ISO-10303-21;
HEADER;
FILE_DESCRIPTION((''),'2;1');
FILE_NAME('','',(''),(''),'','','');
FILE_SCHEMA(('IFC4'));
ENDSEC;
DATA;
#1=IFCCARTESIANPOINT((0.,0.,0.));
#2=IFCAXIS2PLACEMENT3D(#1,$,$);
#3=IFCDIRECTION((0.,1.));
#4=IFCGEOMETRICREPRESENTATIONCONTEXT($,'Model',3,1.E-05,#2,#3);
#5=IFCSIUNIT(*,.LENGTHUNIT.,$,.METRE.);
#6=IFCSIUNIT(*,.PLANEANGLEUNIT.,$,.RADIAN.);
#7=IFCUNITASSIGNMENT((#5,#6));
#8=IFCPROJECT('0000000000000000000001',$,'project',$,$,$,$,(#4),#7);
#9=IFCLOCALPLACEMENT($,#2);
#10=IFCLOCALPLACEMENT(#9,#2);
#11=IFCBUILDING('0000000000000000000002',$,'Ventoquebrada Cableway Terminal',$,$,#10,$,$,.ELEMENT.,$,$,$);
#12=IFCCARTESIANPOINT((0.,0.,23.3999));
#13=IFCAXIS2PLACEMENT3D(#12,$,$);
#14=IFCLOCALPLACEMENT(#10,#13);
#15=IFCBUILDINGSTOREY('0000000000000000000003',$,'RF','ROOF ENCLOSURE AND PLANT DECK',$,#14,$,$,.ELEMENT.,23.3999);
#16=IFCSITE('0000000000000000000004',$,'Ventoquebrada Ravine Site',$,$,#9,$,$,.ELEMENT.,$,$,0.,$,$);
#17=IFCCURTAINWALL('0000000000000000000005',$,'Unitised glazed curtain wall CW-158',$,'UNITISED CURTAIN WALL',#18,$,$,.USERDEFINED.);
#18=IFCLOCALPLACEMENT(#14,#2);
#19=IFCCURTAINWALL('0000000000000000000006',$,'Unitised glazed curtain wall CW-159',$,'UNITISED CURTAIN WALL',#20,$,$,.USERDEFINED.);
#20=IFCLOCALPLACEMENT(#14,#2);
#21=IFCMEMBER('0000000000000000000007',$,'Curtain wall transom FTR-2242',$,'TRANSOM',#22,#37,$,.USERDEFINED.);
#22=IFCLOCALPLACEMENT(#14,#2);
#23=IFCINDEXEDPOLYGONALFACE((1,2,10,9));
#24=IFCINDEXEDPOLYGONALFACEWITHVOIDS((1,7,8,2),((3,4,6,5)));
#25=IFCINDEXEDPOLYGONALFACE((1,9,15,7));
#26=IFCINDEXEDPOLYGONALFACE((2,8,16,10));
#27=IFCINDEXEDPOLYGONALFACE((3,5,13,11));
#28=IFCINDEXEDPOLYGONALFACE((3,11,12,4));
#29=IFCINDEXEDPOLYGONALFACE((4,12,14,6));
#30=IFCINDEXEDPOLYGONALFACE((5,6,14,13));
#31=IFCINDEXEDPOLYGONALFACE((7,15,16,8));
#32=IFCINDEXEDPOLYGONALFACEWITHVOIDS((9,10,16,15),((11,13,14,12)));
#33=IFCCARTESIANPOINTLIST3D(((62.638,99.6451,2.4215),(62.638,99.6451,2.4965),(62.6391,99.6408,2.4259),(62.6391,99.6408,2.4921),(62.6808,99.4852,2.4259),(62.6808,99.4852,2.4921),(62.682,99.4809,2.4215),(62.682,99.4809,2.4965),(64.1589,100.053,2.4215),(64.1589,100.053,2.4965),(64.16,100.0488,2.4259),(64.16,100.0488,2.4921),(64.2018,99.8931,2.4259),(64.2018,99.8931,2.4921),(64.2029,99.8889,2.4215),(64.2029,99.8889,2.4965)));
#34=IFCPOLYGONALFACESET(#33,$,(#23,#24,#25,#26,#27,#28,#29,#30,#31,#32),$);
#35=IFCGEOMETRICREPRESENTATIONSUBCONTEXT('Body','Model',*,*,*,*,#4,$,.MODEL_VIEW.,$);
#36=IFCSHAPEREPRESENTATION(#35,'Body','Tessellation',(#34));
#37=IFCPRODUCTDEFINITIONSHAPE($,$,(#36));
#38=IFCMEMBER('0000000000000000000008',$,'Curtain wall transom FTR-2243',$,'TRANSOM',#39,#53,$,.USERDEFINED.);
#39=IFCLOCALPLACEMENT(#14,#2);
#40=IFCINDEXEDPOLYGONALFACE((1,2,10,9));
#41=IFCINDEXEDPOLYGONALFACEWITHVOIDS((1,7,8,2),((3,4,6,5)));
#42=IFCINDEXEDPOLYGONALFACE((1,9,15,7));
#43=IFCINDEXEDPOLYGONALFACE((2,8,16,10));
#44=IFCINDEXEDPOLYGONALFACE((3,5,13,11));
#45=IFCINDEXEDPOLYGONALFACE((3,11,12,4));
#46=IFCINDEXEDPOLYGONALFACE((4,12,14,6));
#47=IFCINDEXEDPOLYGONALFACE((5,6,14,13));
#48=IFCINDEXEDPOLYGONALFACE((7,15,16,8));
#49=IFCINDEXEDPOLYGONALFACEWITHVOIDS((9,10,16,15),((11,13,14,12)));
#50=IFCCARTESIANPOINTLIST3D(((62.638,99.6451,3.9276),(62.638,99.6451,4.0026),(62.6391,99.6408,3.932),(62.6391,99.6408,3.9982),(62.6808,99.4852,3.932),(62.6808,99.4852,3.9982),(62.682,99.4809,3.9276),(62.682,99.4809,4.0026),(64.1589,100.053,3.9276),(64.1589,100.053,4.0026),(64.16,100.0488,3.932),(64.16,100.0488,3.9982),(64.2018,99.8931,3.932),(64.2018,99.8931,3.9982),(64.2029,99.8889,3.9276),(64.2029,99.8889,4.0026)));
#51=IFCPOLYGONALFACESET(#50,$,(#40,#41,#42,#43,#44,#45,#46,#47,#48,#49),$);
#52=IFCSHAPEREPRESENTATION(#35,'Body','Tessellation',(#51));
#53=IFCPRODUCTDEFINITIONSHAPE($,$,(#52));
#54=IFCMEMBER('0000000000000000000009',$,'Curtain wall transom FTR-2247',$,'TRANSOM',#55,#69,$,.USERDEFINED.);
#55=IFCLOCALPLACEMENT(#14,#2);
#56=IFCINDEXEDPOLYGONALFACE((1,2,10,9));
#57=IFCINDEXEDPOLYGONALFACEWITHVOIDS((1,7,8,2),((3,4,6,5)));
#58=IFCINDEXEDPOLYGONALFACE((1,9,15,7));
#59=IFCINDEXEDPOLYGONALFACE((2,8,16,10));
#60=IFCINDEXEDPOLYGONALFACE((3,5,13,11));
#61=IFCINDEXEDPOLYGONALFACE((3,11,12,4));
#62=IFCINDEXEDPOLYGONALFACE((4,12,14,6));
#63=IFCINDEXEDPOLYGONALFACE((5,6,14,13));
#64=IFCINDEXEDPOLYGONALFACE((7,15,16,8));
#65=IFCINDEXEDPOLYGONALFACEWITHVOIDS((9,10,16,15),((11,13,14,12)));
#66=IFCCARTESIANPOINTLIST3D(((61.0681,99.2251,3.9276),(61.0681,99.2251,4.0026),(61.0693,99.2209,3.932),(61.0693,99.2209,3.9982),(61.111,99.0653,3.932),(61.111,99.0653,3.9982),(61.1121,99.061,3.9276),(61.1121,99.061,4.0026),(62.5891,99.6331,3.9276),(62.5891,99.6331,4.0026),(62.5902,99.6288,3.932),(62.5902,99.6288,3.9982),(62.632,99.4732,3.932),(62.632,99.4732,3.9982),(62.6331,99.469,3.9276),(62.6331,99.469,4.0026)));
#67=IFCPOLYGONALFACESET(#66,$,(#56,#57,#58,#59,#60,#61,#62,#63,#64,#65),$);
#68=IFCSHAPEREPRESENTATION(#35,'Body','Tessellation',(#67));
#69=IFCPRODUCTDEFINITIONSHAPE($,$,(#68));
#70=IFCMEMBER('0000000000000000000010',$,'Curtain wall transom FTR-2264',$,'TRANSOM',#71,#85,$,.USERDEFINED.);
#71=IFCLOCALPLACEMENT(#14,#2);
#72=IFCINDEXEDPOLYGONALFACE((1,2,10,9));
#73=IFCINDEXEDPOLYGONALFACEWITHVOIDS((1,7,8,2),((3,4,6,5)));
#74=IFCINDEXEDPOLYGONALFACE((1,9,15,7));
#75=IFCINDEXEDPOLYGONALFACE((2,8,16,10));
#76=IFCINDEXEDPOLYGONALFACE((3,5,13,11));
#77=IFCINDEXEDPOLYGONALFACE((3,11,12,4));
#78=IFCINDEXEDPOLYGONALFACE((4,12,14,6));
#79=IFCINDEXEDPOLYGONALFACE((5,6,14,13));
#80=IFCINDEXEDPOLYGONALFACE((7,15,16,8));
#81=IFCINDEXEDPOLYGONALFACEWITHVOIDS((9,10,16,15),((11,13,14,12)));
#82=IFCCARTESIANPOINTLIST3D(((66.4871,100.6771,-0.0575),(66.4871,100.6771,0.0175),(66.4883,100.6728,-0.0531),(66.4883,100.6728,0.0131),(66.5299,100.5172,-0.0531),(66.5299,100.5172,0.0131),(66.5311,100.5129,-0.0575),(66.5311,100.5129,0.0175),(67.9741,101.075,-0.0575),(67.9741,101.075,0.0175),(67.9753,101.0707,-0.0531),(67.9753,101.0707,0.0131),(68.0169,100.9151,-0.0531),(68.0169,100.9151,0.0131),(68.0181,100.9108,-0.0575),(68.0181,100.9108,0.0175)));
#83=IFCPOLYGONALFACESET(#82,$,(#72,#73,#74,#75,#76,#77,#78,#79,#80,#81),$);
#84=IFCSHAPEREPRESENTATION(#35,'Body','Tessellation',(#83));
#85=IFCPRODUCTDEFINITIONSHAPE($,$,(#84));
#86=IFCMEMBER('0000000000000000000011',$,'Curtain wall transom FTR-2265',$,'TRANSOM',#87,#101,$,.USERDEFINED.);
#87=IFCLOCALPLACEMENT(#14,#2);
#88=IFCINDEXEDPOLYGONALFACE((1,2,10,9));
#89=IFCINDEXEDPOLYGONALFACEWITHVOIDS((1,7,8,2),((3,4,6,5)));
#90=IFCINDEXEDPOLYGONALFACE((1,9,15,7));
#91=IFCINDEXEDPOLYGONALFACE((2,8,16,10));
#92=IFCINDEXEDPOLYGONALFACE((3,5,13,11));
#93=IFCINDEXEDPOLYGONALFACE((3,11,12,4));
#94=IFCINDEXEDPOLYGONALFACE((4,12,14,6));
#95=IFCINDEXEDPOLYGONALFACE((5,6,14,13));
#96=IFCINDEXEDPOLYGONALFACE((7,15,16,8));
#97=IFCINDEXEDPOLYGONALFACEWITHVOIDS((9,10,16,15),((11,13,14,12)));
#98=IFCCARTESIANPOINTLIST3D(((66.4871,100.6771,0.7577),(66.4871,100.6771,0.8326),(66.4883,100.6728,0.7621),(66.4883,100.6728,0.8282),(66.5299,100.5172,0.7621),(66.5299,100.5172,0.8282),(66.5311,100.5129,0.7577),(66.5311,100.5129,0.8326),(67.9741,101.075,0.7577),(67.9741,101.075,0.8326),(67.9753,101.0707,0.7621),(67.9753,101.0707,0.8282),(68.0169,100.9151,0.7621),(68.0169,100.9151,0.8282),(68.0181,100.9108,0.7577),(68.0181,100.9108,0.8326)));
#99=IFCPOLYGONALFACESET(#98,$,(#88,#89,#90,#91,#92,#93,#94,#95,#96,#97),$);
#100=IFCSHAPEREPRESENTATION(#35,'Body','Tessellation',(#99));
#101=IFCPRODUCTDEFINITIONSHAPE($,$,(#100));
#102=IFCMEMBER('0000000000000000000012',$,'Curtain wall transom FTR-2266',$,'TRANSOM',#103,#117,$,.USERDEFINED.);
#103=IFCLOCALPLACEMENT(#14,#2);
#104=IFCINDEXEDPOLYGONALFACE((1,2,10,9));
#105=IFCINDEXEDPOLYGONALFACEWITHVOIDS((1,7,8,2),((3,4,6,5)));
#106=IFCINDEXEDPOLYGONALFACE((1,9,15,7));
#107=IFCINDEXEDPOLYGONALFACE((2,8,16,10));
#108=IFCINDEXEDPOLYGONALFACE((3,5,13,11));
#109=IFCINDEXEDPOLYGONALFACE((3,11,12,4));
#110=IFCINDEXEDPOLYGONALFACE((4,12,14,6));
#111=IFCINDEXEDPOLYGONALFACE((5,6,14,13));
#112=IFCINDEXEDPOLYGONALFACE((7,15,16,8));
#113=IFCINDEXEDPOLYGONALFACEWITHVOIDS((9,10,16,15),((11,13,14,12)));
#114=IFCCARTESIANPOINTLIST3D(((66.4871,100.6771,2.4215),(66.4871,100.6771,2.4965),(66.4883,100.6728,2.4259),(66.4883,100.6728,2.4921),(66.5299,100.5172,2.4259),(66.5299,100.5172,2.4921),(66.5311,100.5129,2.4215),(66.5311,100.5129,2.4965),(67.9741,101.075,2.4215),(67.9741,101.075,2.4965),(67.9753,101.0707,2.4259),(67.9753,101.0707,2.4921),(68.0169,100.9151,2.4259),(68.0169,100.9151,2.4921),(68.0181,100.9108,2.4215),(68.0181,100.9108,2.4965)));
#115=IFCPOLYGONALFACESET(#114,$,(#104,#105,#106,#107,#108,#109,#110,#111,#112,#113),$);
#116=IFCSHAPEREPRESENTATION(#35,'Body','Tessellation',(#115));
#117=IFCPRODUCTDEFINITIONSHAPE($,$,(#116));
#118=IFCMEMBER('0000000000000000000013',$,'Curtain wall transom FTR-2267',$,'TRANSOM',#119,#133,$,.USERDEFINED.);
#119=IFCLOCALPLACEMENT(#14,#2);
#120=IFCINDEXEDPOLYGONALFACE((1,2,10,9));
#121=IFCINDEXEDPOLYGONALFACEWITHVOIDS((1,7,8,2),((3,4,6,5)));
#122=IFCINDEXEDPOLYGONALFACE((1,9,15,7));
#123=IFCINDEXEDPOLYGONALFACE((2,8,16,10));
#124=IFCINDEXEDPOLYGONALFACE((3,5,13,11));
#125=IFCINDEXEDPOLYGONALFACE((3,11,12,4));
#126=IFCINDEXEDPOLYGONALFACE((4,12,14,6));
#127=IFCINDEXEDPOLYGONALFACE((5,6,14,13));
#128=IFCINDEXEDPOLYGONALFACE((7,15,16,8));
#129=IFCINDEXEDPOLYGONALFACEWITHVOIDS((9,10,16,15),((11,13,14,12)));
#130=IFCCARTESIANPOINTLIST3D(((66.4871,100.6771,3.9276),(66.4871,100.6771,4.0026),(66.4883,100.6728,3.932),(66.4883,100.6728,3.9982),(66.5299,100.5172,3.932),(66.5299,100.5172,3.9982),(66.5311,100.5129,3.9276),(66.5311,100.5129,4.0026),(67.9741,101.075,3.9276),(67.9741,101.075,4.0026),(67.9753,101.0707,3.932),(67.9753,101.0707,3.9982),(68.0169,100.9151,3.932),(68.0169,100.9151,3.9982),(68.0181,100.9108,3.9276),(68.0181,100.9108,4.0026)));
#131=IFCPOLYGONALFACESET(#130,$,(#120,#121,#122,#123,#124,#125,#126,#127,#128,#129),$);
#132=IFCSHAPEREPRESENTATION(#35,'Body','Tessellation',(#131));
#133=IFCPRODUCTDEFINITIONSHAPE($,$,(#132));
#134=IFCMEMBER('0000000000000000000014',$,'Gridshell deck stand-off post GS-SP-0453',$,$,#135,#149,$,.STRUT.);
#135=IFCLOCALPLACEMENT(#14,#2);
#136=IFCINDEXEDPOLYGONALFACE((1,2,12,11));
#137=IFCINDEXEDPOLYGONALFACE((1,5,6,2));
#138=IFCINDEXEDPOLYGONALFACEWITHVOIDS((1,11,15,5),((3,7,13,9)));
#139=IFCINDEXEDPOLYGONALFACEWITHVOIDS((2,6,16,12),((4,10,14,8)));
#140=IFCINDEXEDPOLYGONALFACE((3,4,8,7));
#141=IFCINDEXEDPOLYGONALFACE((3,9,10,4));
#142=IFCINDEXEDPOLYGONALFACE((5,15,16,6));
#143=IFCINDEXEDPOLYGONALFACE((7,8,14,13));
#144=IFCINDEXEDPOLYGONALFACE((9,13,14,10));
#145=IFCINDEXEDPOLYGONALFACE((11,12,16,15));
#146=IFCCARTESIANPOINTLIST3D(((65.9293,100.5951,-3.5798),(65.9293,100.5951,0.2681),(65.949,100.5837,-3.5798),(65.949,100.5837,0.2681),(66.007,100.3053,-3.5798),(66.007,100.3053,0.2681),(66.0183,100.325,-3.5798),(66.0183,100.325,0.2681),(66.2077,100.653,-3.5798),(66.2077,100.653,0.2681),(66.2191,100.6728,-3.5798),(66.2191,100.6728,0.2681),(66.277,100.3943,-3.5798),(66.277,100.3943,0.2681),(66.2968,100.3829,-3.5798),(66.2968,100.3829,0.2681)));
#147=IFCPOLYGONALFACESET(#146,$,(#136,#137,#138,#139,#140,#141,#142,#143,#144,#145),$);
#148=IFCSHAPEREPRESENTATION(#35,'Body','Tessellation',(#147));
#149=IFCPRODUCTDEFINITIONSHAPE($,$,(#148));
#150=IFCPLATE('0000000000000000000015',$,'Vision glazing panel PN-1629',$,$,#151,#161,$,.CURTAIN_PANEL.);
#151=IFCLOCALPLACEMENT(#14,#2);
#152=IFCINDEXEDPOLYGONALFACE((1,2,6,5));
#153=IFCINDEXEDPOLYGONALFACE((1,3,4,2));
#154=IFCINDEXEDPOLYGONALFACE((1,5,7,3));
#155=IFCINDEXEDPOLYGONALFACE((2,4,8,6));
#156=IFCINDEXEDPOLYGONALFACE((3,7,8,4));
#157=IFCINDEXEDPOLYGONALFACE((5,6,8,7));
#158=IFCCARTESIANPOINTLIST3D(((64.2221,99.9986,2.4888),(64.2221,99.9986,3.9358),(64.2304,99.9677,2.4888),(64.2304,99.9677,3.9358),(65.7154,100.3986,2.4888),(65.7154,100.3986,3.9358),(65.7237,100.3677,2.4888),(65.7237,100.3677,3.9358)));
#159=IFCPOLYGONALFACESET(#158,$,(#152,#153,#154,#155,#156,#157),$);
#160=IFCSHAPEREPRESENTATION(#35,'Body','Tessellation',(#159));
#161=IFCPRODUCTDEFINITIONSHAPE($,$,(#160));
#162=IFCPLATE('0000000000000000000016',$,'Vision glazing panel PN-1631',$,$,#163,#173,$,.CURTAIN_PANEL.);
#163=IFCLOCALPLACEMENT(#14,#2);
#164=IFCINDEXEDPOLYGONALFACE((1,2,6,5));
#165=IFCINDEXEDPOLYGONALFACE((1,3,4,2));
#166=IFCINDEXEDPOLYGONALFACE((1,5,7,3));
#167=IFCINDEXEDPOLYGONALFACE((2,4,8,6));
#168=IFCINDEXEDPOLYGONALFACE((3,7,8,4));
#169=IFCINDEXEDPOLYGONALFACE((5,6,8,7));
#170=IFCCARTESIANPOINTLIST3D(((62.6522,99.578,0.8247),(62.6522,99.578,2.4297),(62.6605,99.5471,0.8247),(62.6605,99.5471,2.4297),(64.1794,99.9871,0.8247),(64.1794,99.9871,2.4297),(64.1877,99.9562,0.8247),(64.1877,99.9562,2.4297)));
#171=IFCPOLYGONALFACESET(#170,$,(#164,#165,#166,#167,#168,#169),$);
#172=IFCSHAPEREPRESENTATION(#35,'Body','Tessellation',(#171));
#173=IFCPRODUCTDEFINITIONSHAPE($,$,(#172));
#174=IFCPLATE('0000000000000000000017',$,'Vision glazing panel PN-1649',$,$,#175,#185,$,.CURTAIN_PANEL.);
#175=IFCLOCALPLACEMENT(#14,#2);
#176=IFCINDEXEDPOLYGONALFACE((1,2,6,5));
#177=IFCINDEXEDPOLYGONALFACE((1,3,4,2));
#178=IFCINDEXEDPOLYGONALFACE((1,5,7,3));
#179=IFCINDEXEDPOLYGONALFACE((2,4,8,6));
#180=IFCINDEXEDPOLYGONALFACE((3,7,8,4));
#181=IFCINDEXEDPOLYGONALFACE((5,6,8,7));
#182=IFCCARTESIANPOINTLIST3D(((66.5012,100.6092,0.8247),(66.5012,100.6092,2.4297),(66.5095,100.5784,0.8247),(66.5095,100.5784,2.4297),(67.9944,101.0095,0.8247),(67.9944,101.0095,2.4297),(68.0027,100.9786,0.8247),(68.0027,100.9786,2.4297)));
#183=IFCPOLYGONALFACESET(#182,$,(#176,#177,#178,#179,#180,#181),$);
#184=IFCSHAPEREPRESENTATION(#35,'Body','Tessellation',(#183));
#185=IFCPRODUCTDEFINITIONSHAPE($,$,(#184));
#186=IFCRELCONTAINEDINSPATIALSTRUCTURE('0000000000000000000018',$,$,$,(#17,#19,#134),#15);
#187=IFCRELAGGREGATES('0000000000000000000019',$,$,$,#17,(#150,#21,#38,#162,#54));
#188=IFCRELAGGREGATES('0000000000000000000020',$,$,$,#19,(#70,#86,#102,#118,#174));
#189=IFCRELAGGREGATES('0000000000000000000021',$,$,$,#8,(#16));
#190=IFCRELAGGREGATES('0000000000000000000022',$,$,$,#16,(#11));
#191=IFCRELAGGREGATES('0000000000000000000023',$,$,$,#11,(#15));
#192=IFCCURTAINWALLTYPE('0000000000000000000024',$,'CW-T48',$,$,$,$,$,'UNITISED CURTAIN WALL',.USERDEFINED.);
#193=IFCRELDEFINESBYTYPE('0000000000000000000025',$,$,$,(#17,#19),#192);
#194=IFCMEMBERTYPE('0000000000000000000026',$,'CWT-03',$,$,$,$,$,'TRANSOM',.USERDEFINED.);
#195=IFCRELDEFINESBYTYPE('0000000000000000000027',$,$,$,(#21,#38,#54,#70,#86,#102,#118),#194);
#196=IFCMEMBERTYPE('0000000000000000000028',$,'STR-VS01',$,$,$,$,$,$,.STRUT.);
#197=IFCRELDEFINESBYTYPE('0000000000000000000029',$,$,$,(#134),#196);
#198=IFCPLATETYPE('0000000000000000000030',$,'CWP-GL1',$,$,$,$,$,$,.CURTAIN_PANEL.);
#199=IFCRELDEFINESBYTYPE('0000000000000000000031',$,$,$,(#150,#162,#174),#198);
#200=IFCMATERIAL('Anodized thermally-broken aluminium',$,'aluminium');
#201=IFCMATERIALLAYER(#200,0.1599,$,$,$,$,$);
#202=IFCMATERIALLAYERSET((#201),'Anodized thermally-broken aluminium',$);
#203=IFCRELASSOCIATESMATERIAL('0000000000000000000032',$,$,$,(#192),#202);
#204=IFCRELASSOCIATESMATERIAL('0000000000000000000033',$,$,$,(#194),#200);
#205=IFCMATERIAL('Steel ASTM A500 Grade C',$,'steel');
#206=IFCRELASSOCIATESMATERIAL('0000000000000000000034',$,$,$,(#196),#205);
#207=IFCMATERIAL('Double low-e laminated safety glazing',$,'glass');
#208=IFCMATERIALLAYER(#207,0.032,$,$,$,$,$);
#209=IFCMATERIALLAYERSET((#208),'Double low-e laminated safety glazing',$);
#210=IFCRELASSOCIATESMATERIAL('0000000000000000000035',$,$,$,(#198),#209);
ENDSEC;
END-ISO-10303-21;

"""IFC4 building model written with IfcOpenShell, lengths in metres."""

from ifc_helpers import new_model, si_unit, direction, frame, origin, origin_2d, place, context, subcontext, project, spatial, rectangle, hollow_rectangle, extrude, material, layer, layer_set, material_profile, profile_set, type_object, element, aggregate, save


model = new_model("IFC4")

# Units and contexts
model_context = context("Model", 3, precision=1e-05, world=origin(), true_north=direction((0.0, 1.0)))
body_context = subcontext(model_context, "Body", "Model", "MODEL_VIEW")
ifc_project = project(units=[si_unit("LENGTHUNIT", "METRE"), si_unit("PLANEANGLEUNIT", "RADIAN")], contexts=[model_context])

# Site, building, storey
site_placement = place(None, origin())
site = spatial("IfcSite", under=ifc_project, at=site_placement, Name="Ventoquebrada Ravine Site", CompositionType="ELEMENT", RefElevation=0.0)
building_placement = place(site_placement, origin())
building = spatial("IfcBuilding", under=site, at=building_placement, Name="Ventoquebrada Cableway Terminal", CompositionType="ELEMENT")
storey_placement = place(building_placement, frame((0.0, 0.0, 23.3999)))
storey = spatial("IfcBuildingStorey", under=building, at=storey_placement, Name="RF", Description="ROOF ENCLOSURE AND PLANT DECK", CompositionType="ELEMENT", Elevation=23.3999)

# Curtain walls
ifc_material_1 = material(Name="Anodized thermally-broken aluminium", Category="aluminium")
ifc_layer_1 = layer(ifc_material_1, 0.1599)
ifc_layer_set_1 = layer_set([ifc_layer_1], Name="Anodized thermally-broken aluminium")
curtain_wall_type = type_object("IfcCurtainWallType", Name="CW-T48", ElementType="UNITISED CURTAIN WALL", PredefinedType="USERDEFINED", material=ifc_layer_set_1)
curtain_wall_1_placement = place(storey_placement, origin())
curtain_wall_1 = element("IfcCurtainWall", 1, at=curtain_wall_1_placement, inside=storey, type_object=curtain_wall_type, Name="Unitised glazed curtain wall CW-158", ObjectType="UNITISED CURTAIN WALL", PredefinedType="USERDEFINED")
curtain_wall_2_placement = place(storey_placement, origin())
curtain_wall_2 = element("IfcCurtainWall", 2, at=curtain_wall_2_placement, inside=storey, type_object=curtain_wall_type, Name="Unitised glazed curtain wall CW-159", ObjectType="UNITISED CURTAIN WALL", PredefinedType="USERDEFINED")

# Members
ifc_material_profile_1 = material_profile(ifc_material_1, hollow_rectangle(XDim=0.075, YDim=0.1699, WallThickness=0.0044, at=origin_2d()), Name="CW-TRN-75X170")
ifc_profile_set_1 = profile_set([ifc_material_profile_1], Name="Anodized thermally-broken aluminium")
member_type_1 = type_object("IfcMemberType", Name="CWT-03", ElementType="TRANSOM", PredefinedType="USERDEFINED", material=ifc_profile_set_1)
member_1_placement = place(storey_placement, frame((64.1809, 99.9709, 2.459), z_axis=(-0.965861, -0.259062, 0.0), x_axis=(0.0, 0.0, 1.0)))
member_1 = element("IfcMember", 3, at=member_1_placement, type_object=member_type_1, Name="Curtain wall transom FTR-2242", ObjectType="TRANSOM", PredefinedType="USERDEFINED", context=body_context, shape_type="SweptSolid", body=[
    extrude(hollow_rectangle(XDim=0.075, YDim=0.1699, WallThickness=0.0044, at=origin_2d()), origin(), (0.0, 0.0, 1.0), 1.5747),
])
member_2_placement = place(storey_placement, frame((64.1809, 99.9709, 3.9651), z_axis=(-0.965861, -0.259062, 0.0), x_axis=(0.0, 0.0, 1.0)))
member_2 = element("IfcMember", 4, at=member_2_placement, type_object=member_type_1, Name="Curtain wall transom FTR-2243", ObjectType="TRANSOM", PredefinedType="USERDEFINED", context=body_context, shape_type="SweptSolid", body=[
    extrude(hollow_rectangle(XDim=0.075, YDim=0.1699, WallThickness=0.0044, at=origin_2d()), origin(), (0.0, 0.0, 1.0), 1.5747),
])
member_3_placement = place(storey_placement, frame((62.6111, 99.551, 3.9651), z_axis=(-0.965861, -0.259062, 0.0), x_axis=(0.0, 0.0, 1.0)))
member_3 = element("IfcMember", 5, at=member_3_placement, type_object=member_type_1, Name="Curtain wall transom FTR-2247", ObjectType="TRANSOM", PredefinedType="USERDEFINED", context=body_context, shape_type="SweptSolid", body=[
    extrude(hollow_rectangle(XDim=0.075, YDim=0.1699, WallThickness=0.0044, at=origin_2d()), origin(), (0.0, 0.0, 1.0), 1.5747),
])
member_4_placement = place(storey_placement, frame((67.9961, 100.9929, -0.02), z_axis=(-0.966008, -0.258511, 0.0), x_axis=(0.0, 0.0, 1.0)))
member_4 = element("IfcMember", 6, at=member_4_placement, type_object=member_type_1, Name="Curtain wall transom FTR-2264", ObjectType="TRANSOM", PredefinedType="USERDEFINED", context=body_context, shape_type="SweptSolid", body=[
    extrude(hollow_rectangle(XDim=0.075, YDim=0.1699, WallThickness=0.0044, at=origin_2d()), origin(), (0.0, 0.0, 1.0), 1.5393),
])
member_5_placement = place(storey_placement, frame((67.9961, 100.9929, 0.7952), z_axis=(-0.966008, -0.258511, 0.0), x_axis=(0.0, 0.0, 1.0)))
member_5 = element("IfcMember", 7, at=member_5_placement, type_object=member_type_1, Name="Curtain wall transom FTR-2265", ObjectType="TRANSOM", PredefinedType="USERDEFINED", context=body_context, shape_type="SweptSolid", body=[
    extrude(hollow_rectangle(XDim=0.075, YDim=0.1699, WallThickness=0.0044, at=origin_2d()), origin(), (0.0, 0.0, 1.0), 1.5393),
])
member_6_placement = place(storey_placement, frame((67.9961, 100.9929, 2.459), z_axis=(-0.966008, -0.258511, 0.0), x_axis=(0.0, 0.0, 1.0)))
member_6 = element("IfcMember", 8, at=member_6_placement, type_object=member_type_1, Name="Curtain wall transom FTR-2266", ObjectType="TRANSOM", PredefinedType="USERDEFINED", context=body_context, shape_type="SweptSolid", body=[
    extrude(hollow_rectangle(XDim=0.075, YDim=0.1699, WallThickness=0.0044, at=origin_2d()), origin(), (0.0, 0.0, 1.0), 1.5393),
])
member_7_placement = place(storey_placement, frame((67.9961, 100.9929, 3.9651), z_axis=(-0.966008, -0.258511, 0.0), x_axis=(0.0, 0.0, 1.0)))
member_7 = element("IfcMember", 9, at=member_7_placement, type_object=member_type_1, Name="Curtain wall transom FTR-2267", ObjectType="TRANSOM", PredefinedType="USERDEFINED", context=body_context, shape_type="SweptSolid", body=[
    extrude(hollow_rectangle(XDim=0.075, YDim=0.1699, WallThickness=0.0044, at=origin_2d()), origin(), (0.0, 0.0, 1.0), 1.5393),
])
ifc_material_2 = material(Name="Steel ASTM A500 Grade C", Category="steel")
ifc_material_profile_2 = material_profile(ifc_material_2, hollow_rectangle(XDim=0.3, YDim=0.3, WallThickness=0.0161, at=origin_2d()), Name="HSS300X300X16")
ifc_profile_set_2 = profile_set([ifc_material_profile_2], Name="Steel ASTM A500 Grade C")
member_type_2 = type_object("IfcMemberType", Name="STR-VS01", PredefinedType="STRUT", material=ifc_profile_set_2)
member_8_placement = place(storey_placement, frame((66.113, 100.489, -3.5798), z_axis=(0.0, 0.0, 1.0), x_axis=(0.965926, 0.258819, 0.0)))
element("IfcMember", 10, at=member_8_placement, inside=storey, type_object=member_type_2, Name="Gridshell deck stand-off post GS-SP-0453", PredefinedType="STRUT", context=body_context, shape_type="SweptSolid", body=[
    extrude(hollow_rectangle(XDim=0.3, YDim=0.3, WallThickness=0.0161, at=origin_2d()), origin(), (0.0, 0.0, 1.0), 3.8479),
])

# Plates
ifc_material_3 = material(Name="Double low-e laminated safety glazing", Category="glass")
ifc_layer_2 = layer(ifc_material_3, 0.032)
ifc_layer_set_2 = layer_set([ifc_layer_2], Name="Double low-e laminated safety glazing")
plate_type_1 = type_object("IfcPlateType", Name="CWP-GL1", PredefinedType="CURTAIN_PANEL", material=ifc_layer_set_2)
plate_1_placement = place(storey_placement, frame((64.9729, 100.1831, 2.4888), z_axis=(0.0, 0.0, 1.0), x_axis=(-0.965944, -0.258752, 0.0)))
plate_1 = element("IfcPlate", 11, at=plate_1_placement, type_object=plate_type_1, Name="Vision glazing panel PN-1629", PredefinedType="CURTAIN_PANEL", context=body_context, shape_type="SweptSolid", body=[
    extrude(rectangle(XDim=1.5459, YDim=0.032, at=origin_2d()), origin(), (0.0, 0.0, 1.0), 1.447),
])
plate_2_placement = place(storey_placement, frame((63.4199, 99.7671, 0.8247), z_axis=(0.0, 0.0, 1.0), x_axis=(-0.965944, -0.258752, 0.0)))
plate_2 = element("IfcPlate", 12, at=plate_2_placement, type_object=plate_type_1, Name="Vision glazing panel PN-1631", PredefinedType="CURTAIN_PANEL", context=body_context, shape_type="SweptSolid", body=[
    extrude(rectangle(XDim=1.5811, YDim=0.032, at=origin_2d()), origin(), (0.0, 0.0, 1.0), 1.605),
])
plate_3_placement = place(storey_placement, frame((67.252, 100.7939, 0.8247), z_axis=(0.0, 0.0, 1.0), x_axis=(-0.965894, -0.258937, 0.0)))
plate_3 = element("IfcPlate", 13, at=plate_3_placement, type_object=plate_type_1, Name="Vision glazing panel PN-1649", PredefinedType="CURTAIN_PANEL", context=body_context, shape_type="SweptSolid", body=[
    extrude(rectangle(XDim=1.5459, YDim=0.032, at=origin_2d()), origin(), (0.0, 0.0, 1.0), 1.605),
])
aggregate(curtain_wall_1, [plate_1, member_1, member_2, plate_2, member_3])
aggregate(curtain_wall_2, [member_4, member_5, member_6, member_7, plate_3])

save(model, "model.ifc")
